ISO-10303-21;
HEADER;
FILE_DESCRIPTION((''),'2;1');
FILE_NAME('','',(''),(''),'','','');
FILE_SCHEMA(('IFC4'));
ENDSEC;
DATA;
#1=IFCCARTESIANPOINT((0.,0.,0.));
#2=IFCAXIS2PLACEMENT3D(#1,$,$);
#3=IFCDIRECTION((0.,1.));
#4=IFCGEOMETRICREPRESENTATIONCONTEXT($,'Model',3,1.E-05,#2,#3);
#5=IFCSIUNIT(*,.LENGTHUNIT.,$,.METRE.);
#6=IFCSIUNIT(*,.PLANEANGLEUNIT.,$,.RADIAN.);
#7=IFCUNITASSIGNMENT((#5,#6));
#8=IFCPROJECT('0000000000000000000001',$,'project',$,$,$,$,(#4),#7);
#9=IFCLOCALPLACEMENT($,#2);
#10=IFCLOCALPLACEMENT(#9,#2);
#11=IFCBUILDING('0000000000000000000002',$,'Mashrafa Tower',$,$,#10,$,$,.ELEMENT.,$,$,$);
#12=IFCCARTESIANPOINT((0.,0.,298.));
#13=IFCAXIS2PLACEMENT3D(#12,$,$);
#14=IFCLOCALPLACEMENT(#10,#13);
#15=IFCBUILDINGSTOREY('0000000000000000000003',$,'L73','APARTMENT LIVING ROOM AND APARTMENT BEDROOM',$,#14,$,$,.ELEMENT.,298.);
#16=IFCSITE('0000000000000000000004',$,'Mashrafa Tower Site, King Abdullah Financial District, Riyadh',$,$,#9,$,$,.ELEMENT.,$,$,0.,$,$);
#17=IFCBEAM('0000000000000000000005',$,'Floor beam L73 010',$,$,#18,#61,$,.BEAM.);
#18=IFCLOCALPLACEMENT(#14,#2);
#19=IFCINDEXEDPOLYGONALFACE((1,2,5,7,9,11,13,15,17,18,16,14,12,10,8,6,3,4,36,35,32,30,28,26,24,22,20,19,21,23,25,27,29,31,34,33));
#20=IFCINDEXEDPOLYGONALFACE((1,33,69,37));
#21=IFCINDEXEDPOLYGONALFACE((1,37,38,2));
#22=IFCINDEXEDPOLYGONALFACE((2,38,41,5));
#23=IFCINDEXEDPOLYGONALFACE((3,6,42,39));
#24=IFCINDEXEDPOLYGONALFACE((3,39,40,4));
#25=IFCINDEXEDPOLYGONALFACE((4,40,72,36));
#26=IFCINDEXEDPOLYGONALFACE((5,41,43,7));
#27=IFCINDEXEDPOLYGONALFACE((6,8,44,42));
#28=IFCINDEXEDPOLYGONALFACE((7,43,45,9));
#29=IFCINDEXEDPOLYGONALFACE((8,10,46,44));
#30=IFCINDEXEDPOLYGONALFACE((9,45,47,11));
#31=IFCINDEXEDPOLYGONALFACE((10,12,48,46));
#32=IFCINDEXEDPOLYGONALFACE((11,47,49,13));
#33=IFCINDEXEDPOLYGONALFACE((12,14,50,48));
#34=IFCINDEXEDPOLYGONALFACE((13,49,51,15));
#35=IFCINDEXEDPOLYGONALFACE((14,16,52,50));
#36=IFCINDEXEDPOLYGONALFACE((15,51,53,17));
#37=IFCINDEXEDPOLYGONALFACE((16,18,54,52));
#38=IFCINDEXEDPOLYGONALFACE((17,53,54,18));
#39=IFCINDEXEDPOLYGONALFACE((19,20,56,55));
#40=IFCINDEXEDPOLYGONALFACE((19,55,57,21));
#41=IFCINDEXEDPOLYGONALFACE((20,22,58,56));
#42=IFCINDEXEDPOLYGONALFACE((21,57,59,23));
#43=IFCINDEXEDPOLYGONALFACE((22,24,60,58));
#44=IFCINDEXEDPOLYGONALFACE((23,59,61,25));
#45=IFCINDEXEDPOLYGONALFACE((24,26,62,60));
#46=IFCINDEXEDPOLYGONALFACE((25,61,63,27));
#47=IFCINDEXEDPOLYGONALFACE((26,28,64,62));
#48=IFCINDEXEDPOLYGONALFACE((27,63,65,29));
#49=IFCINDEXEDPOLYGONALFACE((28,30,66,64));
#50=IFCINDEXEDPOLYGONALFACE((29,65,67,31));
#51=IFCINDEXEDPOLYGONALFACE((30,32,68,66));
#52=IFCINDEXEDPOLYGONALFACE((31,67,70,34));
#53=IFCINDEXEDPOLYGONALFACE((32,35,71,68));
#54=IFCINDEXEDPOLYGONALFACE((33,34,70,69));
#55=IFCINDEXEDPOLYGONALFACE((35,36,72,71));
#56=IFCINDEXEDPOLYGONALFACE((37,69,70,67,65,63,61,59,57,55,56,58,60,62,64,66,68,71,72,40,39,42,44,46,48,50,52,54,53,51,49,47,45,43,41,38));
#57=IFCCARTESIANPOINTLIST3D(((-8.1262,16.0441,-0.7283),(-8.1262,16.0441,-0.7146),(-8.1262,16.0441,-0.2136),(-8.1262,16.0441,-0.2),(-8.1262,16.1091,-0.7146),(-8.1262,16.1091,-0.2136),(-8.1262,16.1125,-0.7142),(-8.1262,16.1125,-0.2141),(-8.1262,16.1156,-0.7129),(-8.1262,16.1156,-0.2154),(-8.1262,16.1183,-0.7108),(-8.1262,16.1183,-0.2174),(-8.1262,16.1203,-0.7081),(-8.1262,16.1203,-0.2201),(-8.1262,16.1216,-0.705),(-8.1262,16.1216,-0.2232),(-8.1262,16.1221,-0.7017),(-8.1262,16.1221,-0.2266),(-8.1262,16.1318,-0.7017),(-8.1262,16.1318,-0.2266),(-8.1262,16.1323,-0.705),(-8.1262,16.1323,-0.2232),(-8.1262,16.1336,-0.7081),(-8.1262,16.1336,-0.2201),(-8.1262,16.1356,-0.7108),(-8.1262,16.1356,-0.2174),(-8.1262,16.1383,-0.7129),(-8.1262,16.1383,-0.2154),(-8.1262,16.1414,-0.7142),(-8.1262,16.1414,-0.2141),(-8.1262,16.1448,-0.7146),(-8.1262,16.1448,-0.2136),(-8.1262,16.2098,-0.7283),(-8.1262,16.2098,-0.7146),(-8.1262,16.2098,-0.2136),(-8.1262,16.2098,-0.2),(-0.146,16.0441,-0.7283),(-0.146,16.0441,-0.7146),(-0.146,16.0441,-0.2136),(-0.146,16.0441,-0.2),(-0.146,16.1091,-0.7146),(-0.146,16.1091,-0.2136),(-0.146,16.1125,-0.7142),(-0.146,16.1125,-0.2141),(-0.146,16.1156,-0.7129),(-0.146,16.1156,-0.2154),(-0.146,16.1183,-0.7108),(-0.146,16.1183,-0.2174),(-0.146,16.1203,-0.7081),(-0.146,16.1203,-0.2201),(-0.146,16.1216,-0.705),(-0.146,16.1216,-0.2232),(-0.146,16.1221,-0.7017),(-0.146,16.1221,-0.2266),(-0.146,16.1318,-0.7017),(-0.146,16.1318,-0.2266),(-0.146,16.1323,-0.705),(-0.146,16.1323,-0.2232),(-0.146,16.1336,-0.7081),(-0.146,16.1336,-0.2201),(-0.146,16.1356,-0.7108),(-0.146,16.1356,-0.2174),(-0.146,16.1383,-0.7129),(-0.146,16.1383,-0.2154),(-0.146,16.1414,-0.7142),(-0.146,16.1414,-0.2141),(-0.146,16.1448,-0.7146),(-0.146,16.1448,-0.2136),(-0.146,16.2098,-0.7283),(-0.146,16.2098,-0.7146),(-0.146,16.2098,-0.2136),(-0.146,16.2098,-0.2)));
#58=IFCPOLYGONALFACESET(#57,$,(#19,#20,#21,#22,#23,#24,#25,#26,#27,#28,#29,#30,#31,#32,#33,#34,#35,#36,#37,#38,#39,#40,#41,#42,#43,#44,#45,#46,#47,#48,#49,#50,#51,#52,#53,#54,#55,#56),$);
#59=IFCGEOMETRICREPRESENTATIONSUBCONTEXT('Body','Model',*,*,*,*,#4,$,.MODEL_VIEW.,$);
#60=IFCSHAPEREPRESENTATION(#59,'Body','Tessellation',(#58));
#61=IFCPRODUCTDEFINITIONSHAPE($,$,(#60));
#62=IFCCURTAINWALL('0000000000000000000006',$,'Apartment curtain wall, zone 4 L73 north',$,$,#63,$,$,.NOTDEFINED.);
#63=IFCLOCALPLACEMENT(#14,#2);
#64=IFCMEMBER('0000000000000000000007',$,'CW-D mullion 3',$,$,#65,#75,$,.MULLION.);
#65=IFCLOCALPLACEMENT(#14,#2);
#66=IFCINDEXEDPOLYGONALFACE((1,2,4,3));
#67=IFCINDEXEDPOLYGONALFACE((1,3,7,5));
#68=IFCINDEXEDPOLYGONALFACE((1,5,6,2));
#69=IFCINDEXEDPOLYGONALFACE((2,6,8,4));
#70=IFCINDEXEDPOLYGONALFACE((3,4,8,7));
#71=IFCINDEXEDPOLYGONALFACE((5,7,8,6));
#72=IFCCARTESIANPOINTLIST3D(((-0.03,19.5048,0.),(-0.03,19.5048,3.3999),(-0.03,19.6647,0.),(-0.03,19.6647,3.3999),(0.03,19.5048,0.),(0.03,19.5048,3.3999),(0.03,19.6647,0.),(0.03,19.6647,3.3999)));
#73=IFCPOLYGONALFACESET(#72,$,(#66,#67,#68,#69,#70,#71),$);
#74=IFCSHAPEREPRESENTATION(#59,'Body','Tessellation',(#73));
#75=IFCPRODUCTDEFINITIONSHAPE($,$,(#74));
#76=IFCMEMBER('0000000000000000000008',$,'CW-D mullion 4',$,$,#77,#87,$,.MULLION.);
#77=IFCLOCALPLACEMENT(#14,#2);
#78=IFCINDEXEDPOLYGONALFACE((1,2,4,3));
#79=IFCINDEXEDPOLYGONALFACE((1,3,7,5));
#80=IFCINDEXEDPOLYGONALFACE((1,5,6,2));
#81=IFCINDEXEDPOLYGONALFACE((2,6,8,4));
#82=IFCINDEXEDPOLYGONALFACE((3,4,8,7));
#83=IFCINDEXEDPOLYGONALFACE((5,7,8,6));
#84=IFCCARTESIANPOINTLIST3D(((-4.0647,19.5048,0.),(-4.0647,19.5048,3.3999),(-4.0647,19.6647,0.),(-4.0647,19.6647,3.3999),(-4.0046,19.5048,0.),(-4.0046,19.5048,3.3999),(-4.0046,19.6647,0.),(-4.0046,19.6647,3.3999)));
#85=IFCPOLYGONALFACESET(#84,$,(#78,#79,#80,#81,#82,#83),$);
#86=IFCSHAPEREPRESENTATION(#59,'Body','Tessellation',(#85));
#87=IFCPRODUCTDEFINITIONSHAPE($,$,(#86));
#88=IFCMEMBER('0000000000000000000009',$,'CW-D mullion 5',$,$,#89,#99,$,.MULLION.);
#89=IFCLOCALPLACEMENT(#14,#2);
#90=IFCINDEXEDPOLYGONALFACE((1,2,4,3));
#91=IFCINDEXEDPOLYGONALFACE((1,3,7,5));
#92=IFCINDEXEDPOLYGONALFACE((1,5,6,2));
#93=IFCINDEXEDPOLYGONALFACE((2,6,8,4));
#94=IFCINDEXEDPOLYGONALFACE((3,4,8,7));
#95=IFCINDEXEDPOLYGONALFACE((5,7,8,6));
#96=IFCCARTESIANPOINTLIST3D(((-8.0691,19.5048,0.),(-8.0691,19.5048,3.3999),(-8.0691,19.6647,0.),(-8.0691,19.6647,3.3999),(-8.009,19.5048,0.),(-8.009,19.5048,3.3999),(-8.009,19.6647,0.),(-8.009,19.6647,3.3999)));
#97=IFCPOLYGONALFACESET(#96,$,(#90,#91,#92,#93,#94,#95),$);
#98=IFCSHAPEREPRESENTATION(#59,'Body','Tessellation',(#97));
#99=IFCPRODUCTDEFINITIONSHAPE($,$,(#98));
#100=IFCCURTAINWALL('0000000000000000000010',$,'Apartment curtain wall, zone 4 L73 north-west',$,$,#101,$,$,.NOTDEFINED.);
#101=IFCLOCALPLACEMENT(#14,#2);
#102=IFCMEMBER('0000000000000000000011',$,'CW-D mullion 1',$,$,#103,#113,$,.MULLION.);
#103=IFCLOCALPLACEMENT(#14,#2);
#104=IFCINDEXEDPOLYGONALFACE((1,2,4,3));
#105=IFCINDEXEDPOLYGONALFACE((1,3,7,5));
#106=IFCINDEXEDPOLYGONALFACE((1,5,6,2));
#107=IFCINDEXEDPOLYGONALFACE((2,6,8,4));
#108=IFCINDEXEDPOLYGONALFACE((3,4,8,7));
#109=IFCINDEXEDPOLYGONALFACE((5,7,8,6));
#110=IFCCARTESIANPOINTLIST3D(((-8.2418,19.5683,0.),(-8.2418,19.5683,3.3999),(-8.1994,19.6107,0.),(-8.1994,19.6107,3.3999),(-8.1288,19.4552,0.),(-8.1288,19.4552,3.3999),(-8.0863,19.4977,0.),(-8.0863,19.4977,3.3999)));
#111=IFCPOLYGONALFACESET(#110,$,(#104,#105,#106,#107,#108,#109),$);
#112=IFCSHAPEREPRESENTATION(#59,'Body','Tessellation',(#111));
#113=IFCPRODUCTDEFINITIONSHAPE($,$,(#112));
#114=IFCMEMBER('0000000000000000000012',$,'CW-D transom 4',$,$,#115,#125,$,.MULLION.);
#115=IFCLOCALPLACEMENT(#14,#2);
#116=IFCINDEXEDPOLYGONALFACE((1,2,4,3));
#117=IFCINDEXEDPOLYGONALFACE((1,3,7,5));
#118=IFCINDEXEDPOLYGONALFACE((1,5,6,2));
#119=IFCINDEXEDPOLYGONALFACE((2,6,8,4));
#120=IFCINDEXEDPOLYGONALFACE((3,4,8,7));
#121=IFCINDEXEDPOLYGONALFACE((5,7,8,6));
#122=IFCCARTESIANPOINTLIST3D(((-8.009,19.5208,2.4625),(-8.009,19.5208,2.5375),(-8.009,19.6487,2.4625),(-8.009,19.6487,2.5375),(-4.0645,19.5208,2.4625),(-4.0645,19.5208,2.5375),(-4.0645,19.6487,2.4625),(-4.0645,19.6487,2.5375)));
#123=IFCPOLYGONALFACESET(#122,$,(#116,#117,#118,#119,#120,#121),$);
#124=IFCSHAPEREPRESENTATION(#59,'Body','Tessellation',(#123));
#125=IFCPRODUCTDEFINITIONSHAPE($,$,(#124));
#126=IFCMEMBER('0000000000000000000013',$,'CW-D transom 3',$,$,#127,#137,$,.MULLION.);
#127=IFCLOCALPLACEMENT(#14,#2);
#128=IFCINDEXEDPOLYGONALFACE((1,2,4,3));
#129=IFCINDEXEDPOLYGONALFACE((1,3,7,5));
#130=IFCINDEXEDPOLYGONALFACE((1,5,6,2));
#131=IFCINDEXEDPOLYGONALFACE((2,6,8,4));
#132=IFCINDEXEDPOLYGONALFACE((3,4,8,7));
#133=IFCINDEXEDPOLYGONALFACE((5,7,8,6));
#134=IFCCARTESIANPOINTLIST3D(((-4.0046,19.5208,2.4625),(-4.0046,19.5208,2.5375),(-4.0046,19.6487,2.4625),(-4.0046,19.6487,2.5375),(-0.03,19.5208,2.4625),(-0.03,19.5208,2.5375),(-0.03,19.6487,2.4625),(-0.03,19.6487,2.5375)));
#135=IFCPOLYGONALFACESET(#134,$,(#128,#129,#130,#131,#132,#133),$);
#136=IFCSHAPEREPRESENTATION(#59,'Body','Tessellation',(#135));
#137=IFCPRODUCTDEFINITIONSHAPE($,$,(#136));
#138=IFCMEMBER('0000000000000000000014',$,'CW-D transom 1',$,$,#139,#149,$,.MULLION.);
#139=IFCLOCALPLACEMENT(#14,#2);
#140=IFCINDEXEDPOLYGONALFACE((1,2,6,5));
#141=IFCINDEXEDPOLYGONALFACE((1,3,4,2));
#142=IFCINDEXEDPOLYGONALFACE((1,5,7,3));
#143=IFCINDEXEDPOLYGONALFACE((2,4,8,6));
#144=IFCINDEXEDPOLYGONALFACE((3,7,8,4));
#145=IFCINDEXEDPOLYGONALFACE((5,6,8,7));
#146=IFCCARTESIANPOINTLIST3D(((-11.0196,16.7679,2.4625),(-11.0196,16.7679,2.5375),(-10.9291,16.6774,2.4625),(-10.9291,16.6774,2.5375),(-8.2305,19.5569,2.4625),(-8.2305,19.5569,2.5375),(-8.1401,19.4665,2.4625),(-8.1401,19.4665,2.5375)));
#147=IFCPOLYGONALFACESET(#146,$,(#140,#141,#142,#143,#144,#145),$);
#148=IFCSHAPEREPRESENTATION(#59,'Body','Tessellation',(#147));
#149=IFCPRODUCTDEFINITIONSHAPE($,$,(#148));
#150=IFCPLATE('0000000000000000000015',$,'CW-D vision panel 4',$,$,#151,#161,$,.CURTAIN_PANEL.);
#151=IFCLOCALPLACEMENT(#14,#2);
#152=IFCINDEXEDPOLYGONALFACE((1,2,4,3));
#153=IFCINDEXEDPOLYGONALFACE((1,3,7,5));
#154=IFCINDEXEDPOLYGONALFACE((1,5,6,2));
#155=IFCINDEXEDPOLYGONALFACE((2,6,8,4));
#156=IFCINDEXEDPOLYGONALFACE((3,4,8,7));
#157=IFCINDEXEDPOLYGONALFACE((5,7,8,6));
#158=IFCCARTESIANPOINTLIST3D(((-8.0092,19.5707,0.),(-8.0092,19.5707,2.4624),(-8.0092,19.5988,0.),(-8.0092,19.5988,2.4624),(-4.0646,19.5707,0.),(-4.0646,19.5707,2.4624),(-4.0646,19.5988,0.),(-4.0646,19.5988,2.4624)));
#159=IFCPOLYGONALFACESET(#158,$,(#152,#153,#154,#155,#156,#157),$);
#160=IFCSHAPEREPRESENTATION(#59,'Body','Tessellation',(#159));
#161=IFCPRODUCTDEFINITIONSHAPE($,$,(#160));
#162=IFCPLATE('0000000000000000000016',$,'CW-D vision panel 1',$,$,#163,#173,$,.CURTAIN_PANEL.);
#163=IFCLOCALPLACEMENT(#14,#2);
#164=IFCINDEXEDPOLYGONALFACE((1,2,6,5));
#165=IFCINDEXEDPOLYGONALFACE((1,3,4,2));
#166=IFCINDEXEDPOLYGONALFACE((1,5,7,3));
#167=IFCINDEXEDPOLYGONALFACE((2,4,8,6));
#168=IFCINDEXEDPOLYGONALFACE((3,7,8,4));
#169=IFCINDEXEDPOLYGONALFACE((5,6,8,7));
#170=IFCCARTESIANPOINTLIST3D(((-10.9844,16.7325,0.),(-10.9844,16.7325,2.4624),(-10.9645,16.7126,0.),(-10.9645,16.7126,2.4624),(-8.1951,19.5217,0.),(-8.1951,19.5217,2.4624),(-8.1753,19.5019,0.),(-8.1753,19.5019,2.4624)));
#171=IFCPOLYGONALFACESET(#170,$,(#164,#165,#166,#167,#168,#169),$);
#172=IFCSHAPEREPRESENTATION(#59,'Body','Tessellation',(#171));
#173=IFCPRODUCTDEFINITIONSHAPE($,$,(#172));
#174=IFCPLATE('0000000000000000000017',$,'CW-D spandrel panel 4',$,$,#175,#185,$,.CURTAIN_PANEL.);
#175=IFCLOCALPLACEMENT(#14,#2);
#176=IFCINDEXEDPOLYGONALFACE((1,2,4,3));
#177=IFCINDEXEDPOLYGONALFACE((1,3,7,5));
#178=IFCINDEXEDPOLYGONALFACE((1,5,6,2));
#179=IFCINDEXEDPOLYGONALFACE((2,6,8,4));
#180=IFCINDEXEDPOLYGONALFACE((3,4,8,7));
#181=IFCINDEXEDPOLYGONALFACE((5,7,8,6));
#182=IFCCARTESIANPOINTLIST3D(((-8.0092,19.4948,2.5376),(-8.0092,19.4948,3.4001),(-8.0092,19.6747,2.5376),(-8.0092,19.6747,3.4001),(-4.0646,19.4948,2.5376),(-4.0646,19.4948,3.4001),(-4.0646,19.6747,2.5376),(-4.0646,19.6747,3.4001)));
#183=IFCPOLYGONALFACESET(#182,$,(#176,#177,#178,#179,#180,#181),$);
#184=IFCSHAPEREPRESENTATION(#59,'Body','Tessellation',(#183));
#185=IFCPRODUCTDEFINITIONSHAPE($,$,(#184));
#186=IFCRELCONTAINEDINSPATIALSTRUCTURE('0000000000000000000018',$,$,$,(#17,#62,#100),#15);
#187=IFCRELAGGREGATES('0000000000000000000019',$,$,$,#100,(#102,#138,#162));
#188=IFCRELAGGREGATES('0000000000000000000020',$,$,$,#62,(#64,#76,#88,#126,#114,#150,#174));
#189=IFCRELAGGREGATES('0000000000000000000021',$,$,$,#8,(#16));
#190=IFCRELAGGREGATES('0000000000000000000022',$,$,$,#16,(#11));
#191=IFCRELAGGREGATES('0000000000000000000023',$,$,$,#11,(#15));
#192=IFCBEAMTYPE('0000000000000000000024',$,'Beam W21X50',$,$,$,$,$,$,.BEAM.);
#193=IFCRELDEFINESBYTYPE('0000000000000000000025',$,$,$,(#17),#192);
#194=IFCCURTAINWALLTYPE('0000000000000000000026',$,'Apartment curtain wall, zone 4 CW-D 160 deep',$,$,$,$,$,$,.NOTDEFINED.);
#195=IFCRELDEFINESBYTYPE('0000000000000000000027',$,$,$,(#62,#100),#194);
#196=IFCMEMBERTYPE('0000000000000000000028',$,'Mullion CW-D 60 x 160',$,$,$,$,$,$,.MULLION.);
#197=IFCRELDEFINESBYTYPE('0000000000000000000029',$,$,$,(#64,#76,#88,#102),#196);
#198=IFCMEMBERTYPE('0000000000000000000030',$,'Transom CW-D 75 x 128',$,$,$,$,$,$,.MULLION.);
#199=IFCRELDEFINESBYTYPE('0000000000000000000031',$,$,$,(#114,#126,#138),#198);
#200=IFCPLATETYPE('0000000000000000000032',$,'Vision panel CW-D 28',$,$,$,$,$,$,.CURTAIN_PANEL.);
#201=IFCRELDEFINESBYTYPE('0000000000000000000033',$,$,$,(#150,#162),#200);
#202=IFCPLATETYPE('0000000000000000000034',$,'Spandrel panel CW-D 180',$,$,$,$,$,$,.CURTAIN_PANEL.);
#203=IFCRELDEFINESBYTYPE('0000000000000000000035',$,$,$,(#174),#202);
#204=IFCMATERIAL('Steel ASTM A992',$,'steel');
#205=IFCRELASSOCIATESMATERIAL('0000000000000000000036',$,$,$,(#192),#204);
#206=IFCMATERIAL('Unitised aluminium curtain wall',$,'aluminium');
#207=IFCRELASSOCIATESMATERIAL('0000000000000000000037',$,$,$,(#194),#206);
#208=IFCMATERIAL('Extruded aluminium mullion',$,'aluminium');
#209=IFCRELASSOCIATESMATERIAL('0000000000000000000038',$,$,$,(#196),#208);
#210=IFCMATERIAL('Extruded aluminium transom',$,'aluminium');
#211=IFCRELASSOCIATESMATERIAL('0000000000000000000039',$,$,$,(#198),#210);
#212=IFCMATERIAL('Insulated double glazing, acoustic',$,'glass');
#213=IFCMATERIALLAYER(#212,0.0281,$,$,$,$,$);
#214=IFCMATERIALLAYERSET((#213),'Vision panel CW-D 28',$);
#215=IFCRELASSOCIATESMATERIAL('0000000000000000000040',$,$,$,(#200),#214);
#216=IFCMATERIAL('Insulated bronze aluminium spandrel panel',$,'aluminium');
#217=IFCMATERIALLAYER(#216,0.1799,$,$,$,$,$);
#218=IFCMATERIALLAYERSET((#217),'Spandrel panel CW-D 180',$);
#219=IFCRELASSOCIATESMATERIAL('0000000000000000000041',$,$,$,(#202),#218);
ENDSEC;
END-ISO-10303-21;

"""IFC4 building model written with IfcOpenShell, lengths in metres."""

from ifc_helpers import new_model, si_unit, direction, frame, origin, origin_2d, place, context, subcontext, project, spatial, rectangle, i_section, extrude, source, transform, mapped, material, layer, layer_set, material_profile, profile_set, type_object, type_shapes, element, aggregate, save


model = new_model("IFC4")

# Units and contexts
model_context = context("Model", 3, precision=1e-05, world=origin(), true_north=direction((0.0, 1.0)))
body_context = subcontext(model_context, "Body", "Model", "MODEL_VIEW")
ifc_project = project(units=[si_unit("LENGTHUNIT", "METRE"), si_unit("PLANEANGLEUNIT", "RADIAN")], contexts=[model_context])

# Site, building, storey
site_placement = place(None, origin())
site = spatial("IfcSite", under=ifc_project, at=site_placement, Name="Mashrafa Tower Site, King Abdullah Financial District, Riyadh", CompositionType="ELEMENT", RefElevation=0.0)
building_placement = place(site_placement, origin())
building = spatial("IfcBuilding", under=site, at=building_placement, Name="Mashrafa Tower", CompositionType="ELEMENT")
storey_placement = place(building_placement, frame((0.0, 0.0, 298.0)))
storey = spatial("IfcBuildingStorey", under=building, at=storey_placement, Name="L73", Description="APARTMENT LIVING ROOM AND APARTMENT BEDROOM", CompositionType="ELEMENT", Elevation=298.0)

# Beam
ifc_material_1 = material(Name="Steel ASTM A992", Category="steel")
ifc_material_profile_1 = material_profile(ifc_material_1, i_section(OverallWidth=0.1658, OverallDepth=0.5283, WebThickness=0.0098, FlangeThickness=0.0137, FilletRadius=0.0129, at=origin_2d()), Name="W21X50")
ifc_profile_set_1 = profile_set([ifc_material_profile_1], Name="Steel ASTM A992")
beam_type_1 = type_object("IfcBeamType", Name="Beam W21X50", PredefinedType="BEAM", material=ifc_profile_set_1)
beam_1_placement = place(storey_placement, frame((-8.1262, 16.127, -0.4641), z_axis=(1.0, 0.0, 0.0), x_axis=(0.0, 1.0, 0.0)))
element("IfcBeam", 1, at=beam_1_placement, inside=storey, type_object=beam_type_1, Name="Floor beam L73 010", PredefinedType="BEAM", context=body_context, shape_type="SweptSolid", body=[
    extrude(i_section(OverallWidth=0.1658, OverallDepth=0.5283, WebThickness=0.0098, FlangeThickness=0.0137, FilletRadius=0.0129, at=origin_2d()), origin(), (0.0, 0.0, 1.0), 7.9802),
])

# Curtain wall, members
ifc_material_2 = material(Name="Unitised aluminium curtain wall", Category="aluminium")
curtain_wall_type = type_object("IfcCurtainWallType", Name="Apartment curtain wall, zone 4 CW-D 160 deep", PredefinedType="NOTDEFINED", material=ifc_material_2)
curtain_wall_1_placement = place(storey_placement, origin())
curtain_wall_1 = element("IfcCurtainWall", 2, at=curtain_wall_1_placement, inside=storey, type_object=curtain_wall_type, Name="Apartment curtain wall, zone 4 L73 north", PredefinedType="NOTDEFINED")
ifc_material_3 = material(Name="Extruded aluminium mullion", Category="aluminium")
ifc_material_profile_2 = material_profile(ifc_material_3, rectangle(XDim=0.1599, YDim=0.0601, at=origin_2d()), Name="Mullion 60x160")
ifc_profile_set_2 = profile_set([ifc_material_profile_2], Name="Extruded aluminium mullion")
member_type_1 = type_object("IfcMemberType", Name="Mullion CW-D 60 x 160", PredefinedType="MULLION", material=ifc_profile_set_2)
shared_shape_1 = source(origin(), body_context, "Body", "SweptSolid", [
    extrude(rectangle(XDim=0.1599, YDim=0.0601, at=origin_2d()), origin(), (0.0, 0.0, 1.0), 3.3999),
])
type_shapes(member_type_1, [shared_shape_1])
member_1_placement = place(storey_placement, frame((0.0, 19.5847, 0.0), z_axis=(0.0, 0.0, 1.0), x_axis=(0.0, -1.0, 0.0)))
member_1 = element("IfcMember", 3, at=member_1_placement, type_object=member_type_1, Name="CW-D mullion 3", PredefinedType="MULLION", context=body_context, shape_type="MappedRepresentation", body=[
    mapped(shared_shape_1, transform((0.0, 0.0, 0.0))),
])
member_2_placement = place(storey_placement, frame((-4.0347, 19.5847, 0.0), z_axis=(0.0, 0.0, 1.0), x_axis=(0.0, -1.0, 0.0)))
member_2 = element("IfcMember", 4, at=member_2_placement, type_object=member_type_1, Name="CW-D mullion 4", PredefinedType="MULLION", context=body_context, shape_type="MappedRepresentation", body=[
    mapped(shared_shape_1, transform((0.0, 0.0, 0.0))),
])
member_3_placement = place(storey_placement, frame((-8.0391, 19.5847, 0.0), z_axis=(0.0, 0.0, 1.0), x_axis=(0.0, -1.0, 0.0)))
member_3 = element("IfcMember", 5, at=member_3_placement, type_object=member_type_1, Name="CW-D mullion 5", PredefinedType="MULLION", context=body_context, shape_type="MappedRepresentation", body=[
    mapped(shared_shape_1, transform((0.0, 0.0, 0.0))),
])

# Curtain wall, member
curtain_wall_2_placement = place(storey_placement, origin())
curtain_wall_2 = element("IfcCurtainWall", 6, at=curtain_wall_2_placement, inside=storey, type_object=curtain_wall_type, Name="Apartment curtain wall, zone 4 L73 north-west", PredefinedType="NOTDEFINED")
member_4_placement = place(storey_placement, frame((-8.1641, 19.533, 0.0), z_axis=(0.0, 0.0, 1.0), x_axis=(0.707107, -0.707107, 0.0)))
member_4 = element("IfcMember", 7, at=member_4_placement, type_object=member_type_1, Name="CW-D mullion 1", PredefinedType="MULLION", context=body_context, shape_type="MappedRepresentation", body=[
    mapped(shared_shape_1, transform((0.0, 0.0, 0.0))),
])

# Members
ifc_material_4 = material(Name="Extruded aluminium transom", Category="aluminium")
ifc_material_profile_3 = material_profile(ifc_material_4, rectangle(XDim=0.1279, YDim=0.075, at=origin_2d()), Name="Transom 75x128")
ifc_profile_set_3 = profile_set([ifc_material_profile_3], Name="Extruded aluminium transom")
member_type_2 = type_object("IfcMemberType", Name="Transom CW-D 75 x 128", PredefinedType="MULLION", material=ifc_profile_set_3)
shared_shape_2 = source(origin(), body_context, "Body", "SweptSolid", [
    extrude(rectangle(XDim=0.1279, YDim=0.075, at=origin_2d()), origin(), (0.0, 0.0, 1.0), 3.9446),
])
member_5_placement = place(storey_placement, frame((-4.0645, 19.5847, 2.5), z_axis=(-1.0, 0.0, 0.0), x_axis=(0.0, -1.0, 0.0)))
member_5 = element("IfcMember", 8, at=member_5_placement, type_object=member_type_2, Name="CW-D transom 4", PredefinedType="MULLION", context=body_context, shape_type="MappedRepresentation", body=[
    mapped(shared_shape_2, transform((0.0, 0.0, 0.0))),
])
shared_shape_3 = source(origin(), body_context, "Body", "SweptSolid", [
    extrude(rectangle(XDim=0.1279, YDim=0.075, at=origin_2d()), origin(), (0.0, 0.0, 1.0), 3.9746),
])
member_6_placement = place(storey_placement, frame((-0.03, 19.5847, 2.5), z_axis=(-1.0, 0.0, 0.0), x_axis=(0.0, -1.0, 0.0)))
member_6 = element("IfcMember", 9, at=member_6_placement, type_object=member_type_2, Name="CW-D transom 3", PredefinedType="MULLION", context=body_context, shape_type="MappedRepresentation", body=[
    mapped(shared_shape_3, transform((0.0, 0.0, 0.0))),
])
shared_shape_4 = source(origin(), body_context, "Body", "SweptSolid", [
    extrude(rectangle(XDim=0.1279, YDim=0.075, at=origin_2d()), origin(), (0.0, 0.0, 1.0), 3.9443),
])
type_shapes(member_type_2, [shared_shape_2, shared_shape_3, shared_shape_4])
member_7_placement = place(storey_placement, frame((-8.1853, 19.5117, 2.5), z_axis=(-0.707107, -0.707107, 0.0), x_axis=(0.707107, -0.707107, 0.0)))
member_7 = element("IfcMember", 10, at=member_7_placement, type_object=member_type_2, Name="CW-D transom 1", PredefinedType="MULLION", context=body_context, shape_type="MappedRepresentation", body=[
    mapped(shared_shape_4, transform((0.0, 0.0, 0.0))),
])

# Plates
ifc_material_5 = material(Name="Insulated double glazing, acoustic", Category="glass")
ifc_layer_1 = layer(ifc_material_5, 0.0281)
ifc_layer_set_1 = layer_set([ifc_layer_1], Name="Vision panel CW-D 28")
plate_type_1 = type_object("IfcPlateType", Name="Vision panel CW-D 28", PredefinedType="CURTAIN_PANEL", material=ifc_layer_set_1)
shared_shape_5 = source(origin(), body_context, "Body", "SweptSolid", [
    extrude(rectangle(XDim=3.9446, YDim=0.0281, at=origin_2d()), origin(), (0.0, 0.0, 1.0), 2.4624),
])
plate_1_placement = place(storey_placement, frame((-6.0369, 19.5847, 0.0), z_axis=(0.0, 0.0, 1.0), x_axis=(-1.0, 0.0, 0.0)))
plate_1 = element("IfcPlate", 11, at=plate_1_placement, type_object=plate_type_1, Name="CW-D vision panel 4", PredefinedType="CURTAIN_PANEL", context=body_context, shape_type="MappedRepresentation", body=[
    mapped(shared_shape_5, transform((0.0, 0.0, 0.0))),
])
plate_2_placement = place(storey_placement, frame((-9.5798, 18.1172, 0.0), z_axis=(0.0, 0.0, 1.0), x_axis=(-0.707107, -0.707107, 0.0)))
plate_2 = element("IfcPlate", 12, at=plate_2_placement, type_object=plate_type_1, Name="CW-D vision panel 1", PredefinedType="CURTAIN_PANEL", context=body_context, shape_type="MappedRepresentation", body=[
    mapped(shared_shape_5, transform((0.0, 0.0, 0.0))),
])
ifc_material_6 = material(Name="Insulated bronze aluminium spandrel panel", Category="aluminium")
ifc_layer_2 = layer(ifc_material_6, 0.1799)
ifc_layer_set_2 = layer_set([ifc_layer_2], Name="Spandrel panel CW-D 180")
plate_type_2 = type_object("IfcPlateType", Name="Spandrel panel CW-D 180", PredefinedType="CURTAIN_PANEL", material=ifc_layer_set_2)
shared_shape_6 = source(origin(), body_context, "Body", "SweptSolid", [
    extrude(rectangle(XDim=3.9446, YDim=0.1799, at=origin_2d()), origin(), (0.0, 0.0, 1.0), 0.8625),
])
plate_3_placement = place(storey_placement, frame((-6.0369, 19.5847, 2.5376), z_axis=(0.0, 0.0, 1.0), x_axis=(-1.0, 0.0, 0.0)))
plate_3 = element("IfcPlate", 13, at=plate_3_placement, type_object=plate_type_2, Name="CW-D spandrel panel 4", PredefinedType="CURTAIN_PANEL", context=body_context, shape_type="MappedRepresentation", body=[
    mapped(shared_shape_6, transform((0.0, 0.0, 0.0))),
])
aggregate(curtain_wall_2, [member_4, member_7, plate_2])
aggregate(curtain_wall_1, [member_1, member_2, member_3, member_6, member_5, plate_1, plate_3])

save(model, "model.ifc")
